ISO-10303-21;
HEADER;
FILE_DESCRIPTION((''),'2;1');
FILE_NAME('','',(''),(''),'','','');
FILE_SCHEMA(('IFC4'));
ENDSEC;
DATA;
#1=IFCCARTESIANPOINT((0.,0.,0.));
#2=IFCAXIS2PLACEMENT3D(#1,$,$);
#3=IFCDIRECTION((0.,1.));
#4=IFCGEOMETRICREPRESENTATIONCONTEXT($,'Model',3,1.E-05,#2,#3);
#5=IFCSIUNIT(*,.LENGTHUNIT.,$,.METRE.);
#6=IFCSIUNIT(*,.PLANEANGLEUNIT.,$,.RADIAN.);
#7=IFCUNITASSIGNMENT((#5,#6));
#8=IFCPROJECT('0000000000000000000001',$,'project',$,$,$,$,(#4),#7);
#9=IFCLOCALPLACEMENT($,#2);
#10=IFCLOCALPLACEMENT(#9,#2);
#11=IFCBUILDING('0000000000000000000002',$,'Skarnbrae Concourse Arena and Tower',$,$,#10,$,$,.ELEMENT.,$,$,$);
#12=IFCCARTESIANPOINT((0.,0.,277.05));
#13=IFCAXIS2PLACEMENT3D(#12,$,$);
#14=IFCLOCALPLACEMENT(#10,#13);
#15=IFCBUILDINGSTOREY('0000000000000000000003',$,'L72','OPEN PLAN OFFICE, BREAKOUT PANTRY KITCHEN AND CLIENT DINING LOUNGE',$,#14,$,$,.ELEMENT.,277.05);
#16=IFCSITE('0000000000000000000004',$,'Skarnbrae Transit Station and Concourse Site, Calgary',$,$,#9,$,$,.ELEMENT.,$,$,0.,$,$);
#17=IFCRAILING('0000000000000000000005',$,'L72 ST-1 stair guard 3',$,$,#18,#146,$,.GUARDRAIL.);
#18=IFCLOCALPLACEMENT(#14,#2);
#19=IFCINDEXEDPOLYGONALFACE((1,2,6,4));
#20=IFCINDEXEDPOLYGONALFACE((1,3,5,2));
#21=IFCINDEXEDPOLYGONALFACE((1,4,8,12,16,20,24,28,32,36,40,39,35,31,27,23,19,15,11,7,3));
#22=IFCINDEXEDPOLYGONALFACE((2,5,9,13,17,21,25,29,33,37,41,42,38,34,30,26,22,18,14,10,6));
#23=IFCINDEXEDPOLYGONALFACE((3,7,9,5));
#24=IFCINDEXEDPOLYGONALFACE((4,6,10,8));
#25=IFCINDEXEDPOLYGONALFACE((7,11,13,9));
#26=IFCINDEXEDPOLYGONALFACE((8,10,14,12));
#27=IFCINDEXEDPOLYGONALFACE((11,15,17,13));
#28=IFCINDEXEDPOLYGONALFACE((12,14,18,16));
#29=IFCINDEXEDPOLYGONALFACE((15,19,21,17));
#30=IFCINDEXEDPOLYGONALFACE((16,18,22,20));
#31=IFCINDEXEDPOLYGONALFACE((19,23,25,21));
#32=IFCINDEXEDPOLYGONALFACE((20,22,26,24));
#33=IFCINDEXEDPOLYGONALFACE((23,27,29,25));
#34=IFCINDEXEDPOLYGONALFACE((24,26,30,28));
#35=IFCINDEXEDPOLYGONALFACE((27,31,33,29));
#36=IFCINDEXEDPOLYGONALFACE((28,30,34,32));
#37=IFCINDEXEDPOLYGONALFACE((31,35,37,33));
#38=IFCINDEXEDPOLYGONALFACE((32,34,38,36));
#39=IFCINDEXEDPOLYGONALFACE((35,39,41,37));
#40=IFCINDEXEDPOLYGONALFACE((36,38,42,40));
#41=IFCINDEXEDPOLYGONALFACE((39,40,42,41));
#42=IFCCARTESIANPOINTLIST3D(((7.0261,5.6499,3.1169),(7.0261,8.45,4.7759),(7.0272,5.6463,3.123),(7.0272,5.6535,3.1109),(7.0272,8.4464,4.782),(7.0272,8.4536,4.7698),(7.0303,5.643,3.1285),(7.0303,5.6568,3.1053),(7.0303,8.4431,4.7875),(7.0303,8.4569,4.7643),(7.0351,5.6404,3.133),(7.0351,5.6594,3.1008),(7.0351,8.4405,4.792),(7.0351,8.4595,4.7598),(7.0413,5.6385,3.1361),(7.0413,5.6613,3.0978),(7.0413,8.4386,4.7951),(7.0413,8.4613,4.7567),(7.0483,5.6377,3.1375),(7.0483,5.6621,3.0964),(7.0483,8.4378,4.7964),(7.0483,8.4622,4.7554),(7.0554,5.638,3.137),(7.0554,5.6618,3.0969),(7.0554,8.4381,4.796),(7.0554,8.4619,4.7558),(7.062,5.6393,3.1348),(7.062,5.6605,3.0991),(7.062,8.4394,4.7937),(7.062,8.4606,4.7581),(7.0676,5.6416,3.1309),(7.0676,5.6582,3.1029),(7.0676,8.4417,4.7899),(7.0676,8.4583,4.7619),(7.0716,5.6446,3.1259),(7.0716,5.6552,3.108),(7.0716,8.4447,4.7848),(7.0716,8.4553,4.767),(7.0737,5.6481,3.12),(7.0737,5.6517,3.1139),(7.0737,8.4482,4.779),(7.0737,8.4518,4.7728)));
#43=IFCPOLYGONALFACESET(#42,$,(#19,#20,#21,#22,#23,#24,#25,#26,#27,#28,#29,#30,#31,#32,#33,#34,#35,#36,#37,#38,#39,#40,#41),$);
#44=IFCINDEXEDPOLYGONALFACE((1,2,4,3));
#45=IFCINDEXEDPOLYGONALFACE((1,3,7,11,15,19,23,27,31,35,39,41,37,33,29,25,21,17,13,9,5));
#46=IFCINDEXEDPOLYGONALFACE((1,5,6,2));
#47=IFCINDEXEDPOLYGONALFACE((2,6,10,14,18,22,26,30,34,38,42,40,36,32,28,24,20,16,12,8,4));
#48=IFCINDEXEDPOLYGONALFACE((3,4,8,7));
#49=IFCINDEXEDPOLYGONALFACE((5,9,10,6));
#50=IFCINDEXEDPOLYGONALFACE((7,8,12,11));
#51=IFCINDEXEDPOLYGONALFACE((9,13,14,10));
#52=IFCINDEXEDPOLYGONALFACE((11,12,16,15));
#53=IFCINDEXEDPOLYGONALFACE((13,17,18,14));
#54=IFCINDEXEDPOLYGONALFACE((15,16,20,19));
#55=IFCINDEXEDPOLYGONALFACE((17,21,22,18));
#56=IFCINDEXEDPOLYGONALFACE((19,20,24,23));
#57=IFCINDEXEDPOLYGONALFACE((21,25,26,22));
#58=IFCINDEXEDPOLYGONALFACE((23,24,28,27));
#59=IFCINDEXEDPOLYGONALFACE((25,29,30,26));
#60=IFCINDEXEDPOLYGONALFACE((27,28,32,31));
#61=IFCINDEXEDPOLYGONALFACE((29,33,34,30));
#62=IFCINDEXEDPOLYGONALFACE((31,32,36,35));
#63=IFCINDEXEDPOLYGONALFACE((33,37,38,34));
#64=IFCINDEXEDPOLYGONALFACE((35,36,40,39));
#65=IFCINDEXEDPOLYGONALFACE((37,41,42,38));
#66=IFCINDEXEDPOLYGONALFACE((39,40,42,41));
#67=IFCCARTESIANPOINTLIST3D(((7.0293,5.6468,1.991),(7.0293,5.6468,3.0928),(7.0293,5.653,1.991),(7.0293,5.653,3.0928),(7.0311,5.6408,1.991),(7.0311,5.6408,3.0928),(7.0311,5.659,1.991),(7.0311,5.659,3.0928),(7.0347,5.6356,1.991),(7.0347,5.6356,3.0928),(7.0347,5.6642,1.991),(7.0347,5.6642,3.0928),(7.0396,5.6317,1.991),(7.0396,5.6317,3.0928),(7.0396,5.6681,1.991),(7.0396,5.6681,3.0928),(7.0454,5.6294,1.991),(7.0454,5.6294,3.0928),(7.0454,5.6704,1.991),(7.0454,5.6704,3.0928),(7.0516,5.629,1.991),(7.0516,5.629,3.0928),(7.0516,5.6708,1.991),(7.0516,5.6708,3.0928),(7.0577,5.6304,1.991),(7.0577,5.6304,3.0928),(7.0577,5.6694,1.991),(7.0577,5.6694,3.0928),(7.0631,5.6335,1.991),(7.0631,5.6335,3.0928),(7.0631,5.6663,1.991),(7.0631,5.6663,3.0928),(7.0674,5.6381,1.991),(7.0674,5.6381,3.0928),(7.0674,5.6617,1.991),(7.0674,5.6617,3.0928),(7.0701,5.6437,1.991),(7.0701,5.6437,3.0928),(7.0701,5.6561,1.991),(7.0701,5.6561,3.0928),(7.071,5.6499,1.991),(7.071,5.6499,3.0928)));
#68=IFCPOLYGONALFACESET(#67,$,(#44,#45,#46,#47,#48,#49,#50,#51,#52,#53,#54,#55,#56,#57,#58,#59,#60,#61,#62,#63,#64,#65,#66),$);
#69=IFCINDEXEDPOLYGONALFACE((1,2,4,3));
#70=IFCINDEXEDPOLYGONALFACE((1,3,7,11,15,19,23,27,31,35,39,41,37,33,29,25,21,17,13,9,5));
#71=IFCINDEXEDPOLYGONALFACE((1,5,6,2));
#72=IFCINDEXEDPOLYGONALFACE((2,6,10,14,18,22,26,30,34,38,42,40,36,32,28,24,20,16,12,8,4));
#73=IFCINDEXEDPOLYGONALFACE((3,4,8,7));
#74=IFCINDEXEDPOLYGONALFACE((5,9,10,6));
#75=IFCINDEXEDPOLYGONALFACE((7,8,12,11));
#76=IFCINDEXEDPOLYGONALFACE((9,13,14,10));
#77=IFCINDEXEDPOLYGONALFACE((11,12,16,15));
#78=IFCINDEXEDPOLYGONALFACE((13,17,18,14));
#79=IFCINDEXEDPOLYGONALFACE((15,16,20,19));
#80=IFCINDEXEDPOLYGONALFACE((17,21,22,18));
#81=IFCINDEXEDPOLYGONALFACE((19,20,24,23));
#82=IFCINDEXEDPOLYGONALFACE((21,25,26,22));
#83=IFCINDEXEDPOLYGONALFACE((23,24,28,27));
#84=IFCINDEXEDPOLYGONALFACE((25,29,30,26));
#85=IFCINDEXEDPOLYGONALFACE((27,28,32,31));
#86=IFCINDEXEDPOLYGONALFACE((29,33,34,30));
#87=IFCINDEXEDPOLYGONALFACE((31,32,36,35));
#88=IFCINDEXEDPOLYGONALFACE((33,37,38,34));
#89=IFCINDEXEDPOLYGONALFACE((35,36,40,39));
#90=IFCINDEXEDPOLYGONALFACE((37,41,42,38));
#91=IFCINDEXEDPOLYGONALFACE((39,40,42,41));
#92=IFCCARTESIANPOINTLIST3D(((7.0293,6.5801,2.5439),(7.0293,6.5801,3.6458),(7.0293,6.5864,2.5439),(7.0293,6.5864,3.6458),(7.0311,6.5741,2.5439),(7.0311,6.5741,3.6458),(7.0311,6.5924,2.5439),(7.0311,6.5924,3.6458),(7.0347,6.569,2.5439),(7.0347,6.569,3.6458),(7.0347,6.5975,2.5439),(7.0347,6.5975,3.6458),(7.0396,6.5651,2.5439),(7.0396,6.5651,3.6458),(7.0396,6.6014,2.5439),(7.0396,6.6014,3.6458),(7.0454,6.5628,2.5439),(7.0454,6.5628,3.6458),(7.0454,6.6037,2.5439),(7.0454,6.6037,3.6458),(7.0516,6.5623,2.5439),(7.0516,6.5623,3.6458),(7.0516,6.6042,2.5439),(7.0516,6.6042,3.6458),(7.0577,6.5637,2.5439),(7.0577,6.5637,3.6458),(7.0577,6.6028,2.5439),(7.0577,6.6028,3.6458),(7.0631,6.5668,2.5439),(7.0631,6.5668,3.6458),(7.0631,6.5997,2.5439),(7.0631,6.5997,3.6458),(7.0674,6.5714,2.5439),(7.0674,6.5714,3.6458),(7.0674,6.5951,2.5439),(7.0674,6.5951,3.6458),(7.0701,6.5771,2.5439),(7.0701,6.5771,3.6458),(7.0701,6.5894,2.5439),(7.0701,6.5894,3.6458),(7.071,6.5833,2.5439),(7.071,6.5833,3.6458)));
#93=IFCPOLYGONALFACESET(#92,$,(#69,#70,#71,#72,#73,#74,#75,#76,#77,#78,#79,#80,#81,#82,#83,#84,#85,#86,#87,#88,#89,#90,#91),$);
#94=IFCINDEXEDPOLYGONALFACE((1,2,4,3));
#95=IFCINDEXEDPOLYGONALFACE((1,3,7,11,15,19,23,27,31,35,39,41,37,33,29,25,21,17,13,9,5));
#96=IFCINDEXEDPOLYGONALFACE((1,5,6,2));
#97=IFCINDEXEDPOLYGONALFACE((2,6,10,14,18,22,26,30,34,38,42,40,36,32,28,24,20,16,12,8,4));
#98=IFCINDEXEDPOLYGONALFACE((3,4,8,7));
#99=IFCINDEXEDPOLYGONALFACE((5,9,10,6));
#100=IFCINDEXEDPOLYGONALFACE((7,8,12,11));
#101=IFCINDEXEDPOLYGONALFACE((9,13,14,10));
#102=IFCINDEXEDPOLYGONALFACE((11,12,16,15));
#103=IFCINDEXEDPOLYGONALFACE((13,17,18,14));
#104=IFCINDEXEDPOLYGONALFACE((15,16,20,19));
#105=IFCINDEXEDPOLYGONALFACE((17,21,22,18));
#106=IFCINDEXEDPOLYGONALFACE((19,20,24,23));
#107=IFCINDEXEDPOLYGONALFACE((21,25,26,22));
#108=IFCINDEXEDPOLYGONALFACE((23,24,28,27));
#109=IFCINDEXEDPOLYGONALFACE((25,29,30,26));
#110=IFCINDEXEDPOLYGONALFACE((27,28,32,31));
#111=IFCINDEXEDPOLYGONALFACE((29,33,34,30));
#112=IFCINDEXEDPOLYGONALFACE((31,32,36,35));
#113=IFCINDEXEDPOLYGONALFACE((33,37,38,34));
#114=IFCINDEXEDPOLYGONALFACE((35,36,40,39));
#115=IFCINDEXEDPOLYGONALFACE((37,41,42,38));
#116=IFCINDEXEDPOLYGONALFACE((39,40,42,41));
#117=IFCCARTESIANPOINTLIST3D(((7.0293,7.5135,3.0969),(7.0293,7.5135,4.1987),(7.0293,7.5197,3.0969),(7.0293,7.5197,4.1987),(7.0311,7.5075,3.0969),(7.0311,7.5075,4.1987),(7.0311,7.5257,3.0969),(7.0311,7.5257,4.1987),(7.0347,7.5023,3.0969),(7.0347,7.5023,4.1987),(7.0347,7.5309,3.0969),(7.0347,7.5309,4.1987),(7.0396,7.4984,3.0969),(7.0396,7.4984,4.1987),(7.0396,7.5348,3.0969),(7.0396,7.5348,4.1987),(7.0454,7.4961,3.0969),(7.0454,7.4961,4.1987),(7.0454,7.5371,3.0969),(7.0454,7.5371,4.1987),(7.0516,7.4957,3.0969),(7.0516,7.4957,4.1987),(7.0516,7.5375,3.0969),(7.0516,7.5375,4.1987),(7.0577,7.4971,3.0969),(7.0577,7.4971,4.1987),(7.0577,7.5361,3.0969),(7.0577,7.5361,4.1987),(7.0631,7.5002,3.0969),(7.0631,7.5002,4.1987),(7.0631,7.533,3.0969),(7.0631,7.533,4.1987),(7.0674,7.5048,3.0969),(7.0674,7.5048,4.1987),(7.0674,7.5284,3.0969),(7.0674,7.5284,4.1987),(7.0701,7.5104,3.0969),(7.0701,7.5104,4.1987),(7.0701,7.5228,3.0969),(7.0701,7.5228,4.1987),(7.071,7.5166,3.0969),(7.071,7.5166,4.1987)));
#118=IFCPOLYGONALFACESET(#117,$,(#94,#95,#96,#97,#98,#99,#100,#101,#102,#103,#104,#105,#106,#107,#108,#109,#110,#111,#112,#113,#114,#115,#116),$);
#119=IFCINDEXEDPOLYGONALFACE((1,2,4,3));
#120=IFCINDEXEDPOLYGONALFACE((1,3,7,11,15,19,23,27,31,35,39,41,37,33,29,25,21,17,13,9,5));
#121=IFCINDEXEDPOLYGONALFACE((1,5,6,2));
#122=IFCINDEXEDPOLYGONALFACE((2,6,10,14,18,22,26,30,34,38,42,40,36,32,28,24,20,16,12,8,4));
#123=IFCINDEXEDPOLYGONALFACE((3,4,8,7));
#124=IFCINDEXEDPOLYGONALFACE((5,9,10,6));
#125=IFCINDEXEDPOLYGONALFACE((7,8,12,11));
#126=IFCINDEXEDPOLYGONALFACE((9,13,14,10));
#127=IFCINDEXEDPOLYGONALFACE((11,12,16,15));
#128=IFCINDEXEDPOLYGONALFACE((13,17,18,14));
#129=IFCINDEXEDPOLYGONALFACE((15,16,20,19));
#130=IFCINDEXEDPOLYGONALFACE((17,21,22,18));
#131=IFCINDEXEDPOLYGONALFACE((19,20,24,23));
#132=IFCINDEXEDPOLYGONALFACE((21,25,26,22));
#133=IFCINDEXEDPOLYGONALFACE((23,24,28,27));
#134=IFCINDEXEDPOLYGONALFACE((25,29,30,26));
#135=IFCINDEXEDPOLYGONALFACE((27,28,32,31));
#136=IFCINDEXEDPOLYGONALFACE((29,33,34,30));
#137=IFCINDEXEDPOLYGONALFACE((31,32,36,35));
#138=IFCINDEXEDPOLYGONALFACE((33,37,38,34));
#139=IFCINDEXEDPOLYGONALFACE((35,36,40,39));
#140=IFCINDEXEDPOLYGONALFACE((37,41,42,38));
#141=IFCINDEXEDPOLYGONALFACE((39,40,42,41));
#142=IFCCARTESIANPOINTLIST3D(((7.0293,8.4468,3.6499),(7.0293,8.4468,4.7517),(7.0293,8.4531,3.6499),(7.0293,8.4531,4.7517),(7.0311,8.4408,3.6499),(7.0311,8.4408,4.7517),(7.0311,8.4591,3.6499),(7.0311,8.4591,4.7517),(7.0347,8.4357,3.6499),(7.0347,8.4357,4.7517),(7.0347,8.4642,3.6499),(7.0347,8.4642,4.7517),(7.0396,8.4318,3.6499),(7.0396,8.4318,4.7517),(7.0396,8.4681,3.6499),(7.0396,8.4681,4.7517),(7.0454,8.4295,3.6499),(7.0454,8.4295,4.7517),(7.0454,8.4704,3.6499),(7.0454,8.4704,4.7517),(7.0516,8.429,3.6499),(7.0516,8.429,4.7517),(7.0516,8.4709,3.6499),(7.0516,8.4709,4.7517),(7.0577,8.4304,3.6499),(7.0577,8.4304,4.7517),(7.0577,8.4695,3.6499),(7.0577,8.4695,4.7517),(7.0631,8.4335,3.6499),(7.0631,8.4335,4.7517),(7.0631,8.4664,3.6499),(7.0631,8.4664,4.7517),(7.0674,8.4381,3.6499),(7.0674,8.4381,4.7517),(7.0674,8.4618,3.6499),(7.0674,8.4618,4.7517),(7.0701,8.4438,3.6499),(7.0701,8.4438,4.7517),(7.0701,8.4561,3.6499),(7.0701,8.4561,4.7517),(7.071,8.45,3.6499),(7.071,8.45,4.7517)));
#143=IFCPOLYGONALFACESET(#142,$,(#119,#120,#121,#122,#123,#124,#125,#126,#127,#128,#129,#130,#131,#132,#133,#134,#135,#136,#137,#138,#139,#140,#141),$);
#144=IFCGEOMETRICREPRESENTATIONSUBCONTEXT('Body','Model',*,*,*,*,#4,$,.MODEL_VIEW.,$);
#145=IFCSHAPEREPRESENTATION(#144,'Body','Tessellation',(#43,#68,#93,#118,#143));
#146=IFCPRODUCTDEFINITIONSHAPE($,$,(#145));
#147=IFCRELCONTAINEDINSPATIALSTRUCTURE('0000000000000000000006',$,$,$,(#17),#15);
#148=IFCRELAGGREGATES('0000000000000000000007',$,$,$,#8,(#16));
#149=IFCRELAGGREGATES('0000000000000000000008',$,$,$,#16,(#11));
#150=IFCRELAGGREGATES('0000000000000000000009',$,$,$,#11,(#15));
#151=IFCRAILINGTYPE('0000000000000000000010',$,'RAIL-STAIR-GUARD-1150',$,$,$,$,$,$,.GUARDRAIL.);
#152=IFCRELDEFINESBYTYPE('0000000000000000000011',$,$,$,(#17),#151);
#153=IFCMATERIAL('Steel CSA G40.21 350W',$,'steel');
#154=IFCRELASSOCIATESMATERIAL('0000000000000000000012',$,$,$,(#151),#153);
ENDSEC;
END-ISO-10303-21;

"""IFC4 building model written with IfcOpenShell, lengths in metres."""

from ifc_helpers import new_model, si_unit, direction, frame, origin, origin_2d, place, context, subcontext, project, spatial, circle, extrude, material, type_object, element, save


model = new_model("IFC4")

# Units and contexts
model_context = context("Model", 3, precision=1e-05, world=origin(), true_north=direction((0.0, 1.0)))
body_context = subcontext(model_context, "Body", "Model", "MODEL_VIEW")
ifc_project = project(units=[si_unit("LENGTHUNIT", "METRE"), si_unit("PLANEANGLEUNIT", "RADIAN")], contexts=[model_context])

# Site, building, storey
site_placement = place(None, origin())
site = spatial("IfcSite", under=ifc_project, at=site_placement, Name="Skarnbrae Transit Station and Concourse Site, Calgary", CompositionType="ELEMENT", RefElevation=0.0)
building_placement = place(site_placement, origin())
building = spatial("IfcBuilding", under=site, at=building_placement, Name="Skarnbrae Concourse Arena and Tower", CompositionType="ELEMENT")
storey_placement = place(building_placement, frame((0.0, 0.0, 277.05)))
storey = spatial("IfcBuildingStorey", under=building, at=storey_placement, Name="L72", Description="OPEN PLAN OFFICE, BREAKOUT PANTRY KITCHEN AND CLIENT DINING LOUNGE", CompositionType="ELEMENT", Elevation=277.05)

# Shared definitions
ifc_material_1 = material(Name="Steel CSA G40.21 350W", Category="steel")

# Railing
railing_type_1 = type_object("IfcRailingType", Name="RAIL-STAIR-GUARD-1150", PredefinedType="GUARDRAIL", material=ifc_material_1)
railing_1_placement = place(storey_placement, frame((7.05, 5.6499, 1.991)))
element("IfcRailing", 1, at=railing_1_placement, inside=storey, type_object=railing_type_1, Name="L72 ST-1 stair guard 3", PredefinedType="GUARDRAIL", context=body_context, shape_type="SweptSolid", body=[
    extrude(circle(Radius=0.0239, at=origin_2d()), frame((0.0, 0.0, 1.126), z_axis=(0.0, 0.860339, 0.509722), x_axis=(-1.0, 0.0, 0.0)), (0.0, 0.0, 1.0), 3.2546),
    extrude(circle(Radius=0.021, at=origin_2d()), origin(), (0.0, 0.0, 1.0), 1.1018),
    extrude(circle(Radius=0.021, at=origin_2d()), frame((0.0, 0.9333, 0.553)), (0.0, 0.0, 1.0), 1.1018),
    extrude(circle(Radius=0.021, at=origin_2d()), frame((0.0, 1.8667, 1.106)), (0.0, 0.0, 1.0), 1.1018),
    extrude(circle(Radius=0.021, at=origin_2d()), frame((0.0, 2.8, 1.6589)), (0.0, 0.0, 1.0), 1.1018),
])

save(model, "model.ifc")
